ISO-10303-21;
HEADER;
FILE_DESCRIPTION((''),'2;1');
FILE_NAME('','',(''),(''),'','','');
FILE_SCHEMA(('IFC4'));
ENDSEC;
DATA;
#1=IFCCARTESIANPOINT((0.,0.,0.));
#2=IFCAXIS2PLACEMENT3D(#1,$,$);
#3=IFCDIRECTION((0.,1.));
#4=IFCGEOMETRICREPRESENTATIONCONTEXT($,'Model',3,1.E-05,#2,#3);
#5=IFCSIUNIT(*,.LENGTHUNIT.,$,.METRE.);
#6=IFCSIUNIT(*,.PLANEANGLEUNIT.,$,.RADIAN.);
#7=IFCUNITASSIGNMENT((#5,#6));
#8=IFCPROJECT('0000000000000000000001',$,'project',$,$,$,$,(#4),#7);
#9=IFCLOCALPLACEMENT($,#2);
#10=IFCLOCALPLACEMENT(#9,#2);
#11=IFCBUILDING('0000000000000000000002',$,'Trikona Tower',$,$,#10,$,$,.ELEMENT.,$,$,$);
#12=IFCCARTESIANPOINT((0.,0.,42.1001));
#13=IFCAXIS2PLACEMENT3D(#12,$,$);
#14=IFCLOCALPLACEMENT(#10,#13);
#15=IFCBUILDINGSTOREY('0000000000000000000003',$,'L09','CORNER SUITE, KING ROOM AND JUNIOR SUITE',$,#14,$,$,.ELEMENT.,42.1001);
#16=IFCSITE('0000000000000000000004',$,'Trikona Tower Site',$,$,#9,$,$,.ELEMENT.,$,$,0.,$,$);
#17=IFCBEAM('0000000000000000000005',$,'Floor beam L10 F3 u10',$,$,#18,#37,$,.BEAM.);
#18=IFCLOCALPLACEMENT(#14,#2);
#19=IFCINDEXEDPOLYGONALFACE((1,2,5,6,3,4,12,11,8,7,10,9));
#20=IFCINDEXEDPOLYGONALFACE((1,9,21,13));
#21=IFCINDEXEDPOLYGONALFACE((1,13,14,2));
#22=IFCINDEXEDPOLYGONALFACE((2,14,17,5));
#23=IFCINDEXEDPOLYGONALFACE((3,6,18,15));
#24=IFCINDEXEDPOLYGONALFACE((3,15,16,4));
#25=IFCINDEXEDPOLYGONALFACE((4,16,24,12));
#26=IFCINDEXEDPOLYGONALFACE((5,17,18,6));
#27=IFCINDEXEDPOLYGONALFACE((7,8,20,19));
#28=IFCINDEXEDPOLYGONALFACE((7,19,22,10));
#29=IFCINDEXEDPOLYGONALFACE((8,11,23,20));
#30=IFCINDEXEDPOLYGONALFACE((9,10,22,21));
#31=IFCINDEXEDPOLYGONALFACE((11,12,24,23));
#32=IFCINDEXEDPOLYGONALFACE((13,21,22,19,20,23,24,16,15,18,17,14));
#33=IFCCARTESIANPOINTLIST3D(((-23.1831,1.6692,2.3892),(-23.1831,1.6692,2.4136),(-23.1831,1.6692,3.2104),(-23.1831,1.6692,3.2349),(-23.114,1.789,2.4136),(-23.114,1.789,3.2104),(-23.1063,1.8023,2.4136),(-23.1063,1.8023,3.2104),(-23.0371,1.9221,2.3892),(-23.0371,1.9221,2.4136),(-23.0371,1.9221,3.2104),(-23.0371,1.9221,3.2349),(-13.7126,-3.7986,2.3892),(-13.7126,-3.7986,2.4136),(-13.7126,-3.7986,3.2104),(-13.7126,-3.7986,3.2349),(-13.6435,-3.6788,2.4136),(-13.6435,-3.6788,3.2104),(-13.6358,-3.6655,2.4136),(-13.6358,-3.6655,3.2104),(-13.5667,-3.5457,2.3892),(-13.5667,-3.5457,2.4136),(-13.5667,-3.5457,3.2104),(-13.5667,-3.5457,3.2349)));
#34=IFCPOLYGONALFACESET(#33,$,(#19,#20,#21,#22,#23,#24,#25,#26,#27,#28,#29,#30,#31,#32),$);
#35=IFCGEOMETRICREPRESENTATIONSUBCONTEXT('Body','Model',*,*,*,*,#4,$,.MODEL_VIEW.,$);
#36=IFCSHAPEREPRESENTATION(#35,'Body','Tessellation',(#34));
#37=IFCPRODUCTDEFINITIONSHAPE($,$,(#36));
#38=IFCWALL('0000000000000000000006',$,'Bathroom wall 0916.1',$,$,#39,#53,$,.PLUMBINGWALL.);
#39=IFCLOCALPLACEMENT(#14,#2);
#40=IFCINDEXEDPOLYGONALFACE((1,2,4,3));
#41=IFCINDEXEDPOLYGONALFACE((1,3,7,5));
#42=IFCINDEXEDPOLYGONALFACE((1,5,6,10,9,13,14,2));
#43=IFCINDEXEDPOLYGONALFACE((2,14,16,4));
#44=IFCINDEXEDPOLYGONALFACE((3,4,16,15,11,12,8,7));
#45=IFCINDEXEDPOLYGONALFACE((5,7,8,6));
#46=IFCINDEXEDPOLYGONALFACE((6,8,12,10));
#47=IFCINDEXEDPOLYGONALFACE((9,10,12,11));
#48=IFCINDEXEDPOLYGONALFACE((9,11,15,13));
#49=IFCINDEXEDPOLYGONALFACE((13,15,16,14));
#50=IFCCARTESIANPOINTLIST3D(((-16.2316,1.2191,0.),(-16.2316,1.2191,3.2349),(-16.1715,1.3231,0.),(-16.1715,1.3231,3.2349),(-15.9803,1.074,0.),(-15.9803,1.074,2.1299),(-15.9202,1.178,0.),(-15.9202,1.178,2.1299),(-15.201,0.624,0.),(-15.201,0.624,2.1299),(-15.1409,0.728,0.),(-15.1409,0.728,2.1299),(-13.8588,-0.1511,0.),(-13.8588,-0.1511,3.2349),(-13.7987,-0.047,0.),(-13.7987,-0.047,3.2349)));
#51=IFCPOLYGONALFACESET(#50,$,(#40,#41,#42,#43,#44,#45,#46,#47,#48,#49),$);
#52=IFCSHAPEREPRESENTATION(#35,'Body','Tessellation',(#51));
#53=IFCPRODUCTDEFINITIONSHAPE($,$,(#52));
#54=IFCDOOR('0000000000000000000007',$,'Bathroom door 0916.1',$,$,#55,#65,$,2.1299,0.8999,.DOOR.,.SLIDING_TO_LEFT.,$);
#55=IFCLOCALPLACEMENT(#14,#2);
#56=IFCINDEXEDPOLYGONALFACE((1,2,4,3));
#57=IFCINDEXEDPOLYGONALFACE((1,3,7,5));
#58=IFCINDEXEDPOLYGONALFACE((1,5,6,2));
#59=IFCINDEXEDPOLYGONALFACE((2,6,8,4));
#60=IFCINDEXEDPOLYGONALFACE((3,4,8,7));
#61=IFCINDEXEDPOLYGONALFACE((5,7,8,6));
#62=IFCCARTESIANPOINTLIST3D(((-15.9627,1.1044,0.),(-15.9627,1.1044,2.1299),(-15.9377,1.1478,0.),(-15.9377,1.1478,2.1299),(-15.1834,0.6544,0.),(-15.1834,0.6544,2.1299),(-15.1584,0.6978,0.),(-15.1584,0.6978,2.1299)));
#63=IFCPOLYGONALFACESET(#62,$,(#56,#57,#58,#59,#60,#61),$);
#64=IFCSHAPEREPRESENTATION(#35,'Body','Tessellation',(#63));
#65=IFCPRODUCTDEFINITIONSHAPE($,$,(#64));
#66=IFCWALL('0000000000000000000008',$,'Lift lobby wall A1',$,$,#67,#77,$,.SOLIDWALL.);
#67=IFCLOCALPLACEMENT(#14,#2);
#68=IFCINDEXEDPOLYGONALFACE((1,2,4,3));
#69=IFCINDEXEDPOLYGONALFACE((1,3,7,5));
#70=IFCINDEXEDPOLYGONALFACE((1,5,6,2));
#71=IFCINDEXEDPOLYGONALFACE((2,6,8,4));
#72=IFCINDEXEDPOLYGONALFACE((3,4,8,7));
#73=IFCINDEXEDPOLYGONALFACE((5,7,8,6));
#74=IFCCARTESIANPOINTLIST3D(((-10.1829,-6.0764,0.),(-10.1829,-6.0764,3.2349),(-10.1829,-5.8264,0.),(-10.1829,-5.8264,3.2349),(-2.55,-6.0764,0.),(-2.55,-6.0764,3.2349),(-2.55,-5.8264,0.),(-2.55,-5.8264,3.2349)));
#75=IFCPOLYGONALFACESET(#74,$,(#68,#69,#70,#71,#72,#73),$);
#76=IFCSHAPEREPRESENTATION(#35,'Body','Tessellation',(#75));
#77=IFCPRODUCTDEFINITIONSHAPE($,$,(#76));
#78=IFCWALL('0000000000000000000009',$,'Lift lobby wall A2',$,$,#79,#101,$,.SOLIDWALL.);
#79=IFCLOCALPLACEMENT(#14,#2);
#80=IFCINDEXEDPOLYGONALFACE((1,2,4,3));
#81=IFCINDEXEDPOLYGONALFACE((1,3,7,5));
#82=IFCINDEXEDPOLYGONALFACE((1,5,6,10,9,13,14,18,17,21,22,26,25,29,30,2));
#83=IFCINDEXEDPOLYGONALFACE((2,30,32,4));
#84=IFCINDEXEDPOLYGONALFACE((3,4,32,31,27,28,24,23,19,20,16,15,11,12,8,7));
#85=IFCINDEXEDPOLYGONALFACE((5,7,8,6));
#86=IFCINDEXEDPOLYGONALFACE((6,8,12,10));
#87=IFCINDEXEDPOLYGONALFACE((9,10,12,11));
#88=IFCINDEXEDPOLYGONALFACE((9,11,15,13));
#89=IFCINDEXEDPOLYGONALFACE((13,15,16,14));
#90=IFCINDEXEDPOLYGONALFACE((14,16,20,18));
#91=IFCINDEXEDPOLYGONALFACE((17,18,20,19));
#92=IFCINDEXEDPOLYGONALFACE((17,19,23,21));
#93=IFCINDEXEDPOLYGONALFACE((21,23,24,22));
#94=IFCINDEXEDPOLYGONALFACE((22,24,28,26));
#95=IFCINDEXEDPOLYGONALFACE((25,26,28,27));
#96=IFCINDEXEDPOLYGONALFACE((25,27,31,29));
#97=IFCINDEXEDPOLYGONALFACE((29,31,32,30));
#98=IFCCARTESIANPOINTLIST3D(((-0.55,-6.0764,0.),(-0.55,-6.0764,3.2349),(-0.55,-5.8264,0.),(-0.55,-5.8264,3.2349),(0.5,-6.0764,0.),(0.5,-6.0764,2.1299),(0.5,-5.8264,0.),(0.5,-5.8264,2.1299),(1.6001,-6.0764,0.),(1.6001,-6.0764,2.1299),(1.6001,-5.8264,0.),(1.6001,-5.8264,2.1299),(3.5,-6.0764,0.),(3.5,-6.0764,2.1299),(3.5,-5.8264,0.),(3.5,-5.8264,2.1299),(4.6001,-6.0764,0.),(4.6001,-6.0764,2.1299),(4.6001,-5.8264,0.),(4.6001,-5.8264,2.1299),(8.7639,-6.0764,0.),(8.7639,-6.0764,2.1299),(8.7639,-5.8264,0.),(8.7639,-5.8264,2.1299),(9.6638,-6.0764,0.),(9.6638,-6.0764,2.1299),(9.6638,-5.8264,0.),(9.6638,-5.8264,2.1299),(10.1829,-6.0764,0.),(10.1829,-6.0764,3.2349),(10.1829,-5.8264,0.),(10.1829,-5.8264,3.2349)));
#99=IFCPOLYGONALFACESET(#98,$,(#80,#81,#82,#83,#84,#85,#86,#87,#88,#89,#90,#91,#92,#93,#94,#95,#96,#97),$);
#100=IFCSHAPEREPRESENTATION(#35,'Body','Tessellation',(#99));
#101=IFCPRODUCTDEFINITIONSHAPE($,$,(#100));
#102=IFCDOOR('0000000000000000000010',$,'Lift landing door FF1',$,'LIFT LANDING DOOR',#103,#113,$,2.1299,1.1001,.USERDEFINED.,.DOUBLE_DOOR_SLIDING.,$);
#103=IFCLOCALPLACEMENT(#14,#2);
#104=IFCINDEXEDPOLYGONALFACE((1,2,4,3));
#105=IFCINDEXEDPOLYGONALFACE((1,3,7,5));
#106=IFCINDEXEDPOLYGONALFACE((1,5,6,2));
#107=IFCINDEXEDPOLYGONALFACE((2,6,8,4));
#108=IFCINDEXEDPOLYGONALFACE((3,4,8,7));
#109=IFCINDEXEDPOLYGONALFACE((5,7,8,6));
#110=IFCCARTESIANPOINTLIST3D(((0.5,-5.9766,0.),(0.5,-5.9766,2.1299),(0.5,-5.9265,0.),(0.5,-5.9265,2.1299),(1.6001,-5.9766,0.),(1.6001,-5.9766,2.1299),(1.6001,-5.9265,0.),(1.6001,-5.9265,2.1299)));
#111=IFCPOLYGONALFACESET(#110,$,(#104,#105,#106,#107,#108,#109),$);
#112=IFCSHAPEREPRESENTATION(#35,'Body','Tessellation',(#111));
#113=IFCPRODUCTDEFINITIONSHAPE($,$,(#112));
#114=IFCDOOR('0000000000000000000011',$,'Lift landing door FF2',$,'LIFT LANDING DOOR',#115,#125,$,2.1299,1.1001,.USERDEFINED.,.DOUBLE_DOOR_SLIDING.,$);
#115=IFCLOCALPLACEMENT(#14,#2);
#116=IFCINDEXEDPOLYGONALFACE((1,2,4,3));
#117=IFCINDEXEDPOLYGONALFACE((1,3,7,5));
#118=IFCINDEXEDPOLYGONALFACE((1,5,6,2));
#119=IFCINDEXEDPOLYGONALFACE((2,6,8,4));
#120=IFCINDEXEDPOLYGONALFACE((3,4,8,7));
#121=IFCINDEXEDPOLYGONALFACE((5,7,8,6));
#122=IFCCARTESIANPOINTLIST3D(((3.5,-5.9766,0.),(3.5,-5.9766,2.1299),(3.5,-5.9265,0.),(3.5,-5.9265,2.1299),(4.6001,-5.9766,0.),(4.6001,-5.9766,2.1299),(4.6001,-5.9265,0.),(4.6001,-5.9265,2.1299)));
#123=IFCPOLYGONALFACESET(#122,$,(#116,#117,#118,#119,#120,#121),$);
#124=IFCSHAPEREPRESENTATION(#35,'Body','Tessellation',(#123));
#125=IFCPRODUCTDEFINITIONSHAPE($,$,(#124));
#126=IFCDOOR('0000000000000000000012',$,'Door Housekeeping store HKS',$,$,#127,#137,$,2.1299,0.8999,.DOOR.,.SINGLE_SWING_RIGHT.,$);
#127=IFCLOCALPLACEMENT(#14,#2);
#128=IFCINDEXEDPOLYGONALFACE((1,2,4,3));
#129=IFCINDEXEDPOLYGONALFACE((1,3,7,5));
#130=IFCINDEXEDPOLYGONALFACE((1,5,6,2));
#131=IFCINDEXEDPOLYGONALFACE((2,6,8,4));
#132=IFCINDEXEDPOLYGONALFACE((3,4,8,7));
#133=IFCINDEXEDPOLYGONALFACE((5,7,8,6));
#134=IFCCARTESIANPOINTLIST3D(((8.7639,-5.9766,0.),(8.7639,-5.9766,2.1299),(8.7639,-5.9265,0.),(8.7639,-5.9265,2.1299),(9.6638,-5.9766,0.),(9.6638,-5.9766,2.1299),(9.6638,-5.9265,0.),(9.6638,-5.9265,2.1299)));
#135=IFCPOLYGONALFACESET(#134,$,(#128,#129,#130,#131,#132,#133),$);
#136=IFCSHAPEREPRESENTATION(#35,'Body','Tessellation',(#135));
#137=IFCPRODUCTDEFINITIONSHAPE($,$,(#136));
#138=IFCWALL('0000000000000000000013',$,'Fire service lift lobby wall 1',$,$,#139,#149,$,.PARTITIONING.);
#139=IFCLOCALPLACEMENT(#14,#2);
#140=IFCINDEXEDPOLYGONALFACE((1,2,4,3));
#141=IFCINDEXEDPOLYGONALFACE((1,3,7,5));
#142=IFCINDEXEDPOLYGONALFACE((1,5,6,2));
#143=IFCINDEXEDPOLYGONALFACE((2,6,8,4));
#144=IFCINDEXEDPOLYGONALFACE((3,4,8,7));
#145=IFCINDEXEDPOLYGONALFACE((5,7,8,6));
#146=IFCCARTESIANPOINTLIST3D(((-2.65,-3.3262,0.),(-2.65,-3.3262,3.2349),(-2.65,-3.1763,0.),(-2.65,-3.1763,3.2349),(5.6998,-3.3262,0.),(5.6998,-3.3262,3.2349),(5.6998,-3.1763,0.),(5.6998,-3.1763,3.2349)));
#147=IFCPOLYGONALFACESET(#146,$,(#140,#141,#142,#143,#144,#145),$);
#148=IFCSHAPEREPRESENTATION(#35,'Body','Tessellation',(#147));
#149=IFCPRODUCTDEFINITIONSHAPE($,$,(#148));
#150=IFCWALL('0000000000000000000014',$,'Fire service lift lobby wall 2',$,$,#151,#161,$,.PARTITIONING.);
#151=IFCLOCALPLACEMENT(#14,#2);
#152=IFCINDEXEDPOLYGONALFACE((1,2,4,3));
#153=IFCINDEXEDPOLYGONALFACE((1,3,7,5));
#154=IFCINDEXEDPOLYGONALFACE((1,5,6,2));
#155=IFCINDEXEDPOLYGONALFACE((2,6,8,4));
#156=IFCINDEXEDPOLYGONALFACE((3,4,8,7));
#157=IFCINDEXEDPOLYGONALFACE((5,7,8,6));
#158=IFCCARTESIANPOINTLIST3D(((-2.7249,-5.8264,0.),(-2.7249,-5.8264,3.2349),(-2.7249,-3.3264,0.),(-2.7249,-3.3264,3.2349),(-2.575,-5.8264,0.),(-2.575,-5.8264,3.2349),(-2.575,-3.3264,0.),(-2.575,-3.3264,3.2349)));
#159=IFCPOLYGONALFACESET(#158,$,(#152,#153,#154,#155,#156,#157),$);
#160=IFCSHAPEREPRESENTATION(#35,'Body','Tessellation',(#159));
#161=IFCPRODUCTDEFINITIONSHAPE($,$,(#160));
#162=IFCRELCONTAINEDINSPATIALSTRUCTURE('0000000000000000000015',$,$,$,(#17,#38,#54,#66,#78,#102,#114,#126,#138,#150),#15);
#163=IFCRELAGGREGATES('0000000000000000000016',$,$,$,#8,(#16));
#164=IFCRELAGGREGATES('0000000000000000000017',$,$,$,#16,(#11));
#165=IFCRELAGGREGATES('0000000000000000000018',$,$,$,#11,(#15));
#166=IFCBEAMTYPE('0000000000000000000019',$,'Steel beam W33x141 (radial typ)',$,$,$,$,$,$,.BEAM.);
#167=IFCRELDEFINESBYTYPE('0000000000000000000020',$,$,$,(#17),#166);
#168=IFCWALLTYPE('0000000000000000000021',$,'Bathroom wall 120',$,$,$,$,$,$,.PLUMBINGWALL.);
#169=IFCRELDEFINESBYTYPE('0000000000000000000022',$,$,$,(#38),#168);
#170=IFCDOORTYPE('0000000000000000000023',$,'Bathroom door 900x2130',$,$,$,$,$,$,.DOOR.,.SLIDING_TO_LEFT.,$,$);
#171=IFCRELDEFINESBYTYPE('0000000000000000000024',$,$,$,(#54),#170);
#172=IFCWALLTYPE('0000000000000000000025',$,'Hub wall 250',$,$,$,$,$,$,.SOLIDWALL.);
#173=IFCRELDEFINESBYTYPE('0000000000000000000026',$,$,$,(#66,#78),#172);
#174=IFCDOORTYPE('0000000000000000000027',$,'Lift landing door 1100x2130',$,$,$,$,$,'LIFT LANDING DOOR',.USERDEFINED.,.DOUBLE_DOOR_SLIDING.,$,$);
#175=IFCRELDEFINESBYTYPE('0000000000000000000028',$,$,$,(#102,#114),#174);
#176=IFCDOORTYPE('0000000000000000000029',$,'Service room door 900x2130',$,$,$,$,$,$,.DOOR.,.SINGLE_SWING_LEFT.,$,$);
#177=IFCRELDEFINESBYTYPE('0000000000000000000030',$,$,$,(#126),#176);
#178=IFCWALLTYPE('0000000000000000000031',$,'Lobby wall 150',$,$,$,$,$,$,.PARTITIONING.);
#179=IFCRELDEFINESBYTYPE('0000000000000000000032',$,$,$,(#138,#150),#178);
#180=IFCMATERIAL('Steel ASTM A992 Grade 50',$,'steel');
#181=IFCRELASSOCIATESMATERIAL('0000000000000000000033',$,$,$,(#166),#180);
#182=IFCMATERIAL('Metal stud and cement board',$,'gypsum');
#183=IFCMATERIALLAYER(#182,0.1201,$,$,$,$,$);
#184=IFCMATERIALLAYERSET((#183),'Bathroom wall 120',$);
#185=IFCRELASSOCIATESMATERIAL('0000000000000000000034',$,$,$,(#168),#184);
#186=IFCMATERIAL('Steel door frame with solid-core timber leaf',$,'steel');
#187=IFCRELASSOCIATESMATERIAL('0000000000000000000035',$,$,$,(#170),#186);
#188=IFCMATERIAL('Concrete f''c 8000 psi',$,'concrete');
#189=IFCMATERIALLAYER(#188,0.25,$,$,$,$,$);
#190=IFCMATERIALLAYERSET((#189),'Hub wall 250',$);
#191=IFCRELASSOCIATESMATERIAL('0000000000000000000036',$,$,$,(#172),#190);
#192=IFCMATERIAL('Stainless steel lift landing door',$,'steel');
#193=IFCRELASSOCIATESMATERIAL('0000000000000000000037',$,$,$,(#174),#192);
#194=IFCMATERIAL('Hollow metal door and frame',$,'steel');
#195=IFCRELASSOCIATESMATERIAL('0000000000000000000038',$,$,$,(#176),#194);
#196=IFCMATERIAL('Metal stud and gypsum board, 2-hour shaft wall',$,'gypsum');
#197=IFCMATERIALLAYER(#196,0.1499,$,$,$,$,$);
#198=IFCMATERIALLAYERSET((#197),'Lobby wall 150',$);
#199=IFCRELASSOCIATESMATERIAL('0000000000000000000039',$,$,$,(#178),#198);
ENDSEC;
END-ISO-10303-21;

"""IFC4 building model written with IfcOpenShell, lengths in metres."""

from ifc_helpers import new_model, si_unit, direction, frame, frame_2d, origin, origin_2d, place, context, subcontext, project, spatial, rectangle, i_section, extrude, material, layer, layer_set, material_profile, profile_set, type_object, element, fill, save


model = new_model("IFC4")

# Units and contexts
model_context = context("Model", 3, precision=1e-05, world=origin(), true_north=direction((0.0, 1.0)))
body_context = subcontext(model_context, "Body", "Model", "MODEL_VIEW")
ifc_project = project(units=[si_unit("LENGTHUNIT", "METRE"), si_unit("PLANEANGLEUNIT", "RADIAN")], contexts=[model_context])

# Site, building, storey
site_placement = place(None, origin())
site = spatial("IfcSite", under=ifc_project, at=site_placement, Name="Trikona Tower Site", CompositionType="ELEMENT", RefElevation=0.0)
building_placement = place(site_placement, origin())
building = spatial("IfcBuilding", under=site, at=building_placement, Name="Trikona Tower", CompositionType="ELEMENT")
storey_placement = place(building_placement, frame((0.0, 0.0, 42.1001)))
storey = spatial("IfcBuildingStorey", under=building, at=storey_placement, Name="L09", Description="CORNER SUITE, KING ROOM AND JUNIOR SUITE", CompositionType="ELEMENT", Elevation=42.1001)

# Beam
ifc_material_1 = material(Name="Steel ASTM A992 Grade 50", Category="steel")
ifc_material_profile = material_profile(ifc_material_1, i_section(OverallWidth=0.292, OverallDepth=0.8457, WebThickness=0.0154, FlangeThickness=0.0244, at=origin_2d()), Name="W33X141")
ifc_profile_set = profile_set([ifc_material_profile], Name="Steel ASTM A992 Grade 50")
beam_type = type_object("IfcBeamType", Name="Steel beam W33x141 (radial typ)", PredefinedType="BEAM", material=ifc_profile_set)
beam_placement = place(storey_placement, frame((-13.6396, -3.6721, 2.812), z_axis=(-0.866025, 0.5, 0.0), x_axis=(-0.5, -0.866025, 0.0)))
element("IfcBeam", 1, at=beam_placement, inside=storey, type_object=beam_type, Name="Floor beam L10 F3 u10", PredefinedType="BEAM", context=body_context, shape_type="SweptSolid", body=[
    extrude(i_section(OverallWidth=0.292, OverallDepth=0.8457, WebThickness=0.0154, FlangeThickness=0.0244, at=origin_2d()), origin(), (0.0, 0.0, 1.0), 10.9355),
])

# Wall, opening, door
ifc_material_2 = material(Name="Metal stud and cement board", Category="gypsum")
ifc_layer_1 = layer(ifc_material_2, 0.1201)
ifc_layer_set_1 = layer_set([ifc_layer_1], Name="Bathroom wall 120")
wall_type_1 = type_object("IfcWallType", Name="Bathroom wall 120", PredefinedType="PLUMBINGWALL", material=ifc_layer_set_1)
wall_1_placement = place(storey_placement, frame((-13.8286, -0.0991, 0.0), z_axis=(0.0, 0.0, 1.0), x_axis=(-0.865997, 0.500049, 0.0)))
wall_1 = element("IfcWall", 2, at=wall_1_placement, inside=storey, type_object=wall_type_1, Name="Bathroom wall 0916.1", PredefinedType="PLUMBINGWALL", context=body_context, shape_type="SweptSolid", body=[
    extrude(rectangle(XDim=2.74, YDim=0.1201, at=frame_2d((1.3701, 0.0))), origin(), (0.0, 0.0, 1.0), 3.2349),
])
opening_1_placement = place(wall_1_placement, frame((1.55, 0.0, 0.0)))
opening_1 = element("IfcOpeningElement", 3, at=opening_1_placement, cuts=wall_1, PredefinedType="OPENING", context=body_context, shape_type="SweptSolid", body=[
    extrude(rectangle(XDim=0.8999, YDim=2.1299, at=frame_2d((0.45, 1.0649))), frame((0.0, 0.0701, 0.0), z_axis=(0.0, -1.0, 0.0), x_axis=(1.0, 0.0, 0.0)), (0.0, 0.0, 1.0), 0.1401),
])
ifc_material_3 = material(Name="Steel door frame with solid-core timber leaf", Category="steel")
door_type_1 = type_object("IfcDoorType", Name="Bathroom door 900x2130", OperationType="SLIDING_TO_LEFT", PredefinedType="DOOR", material=ifc_material_3)
door_1_placement = place(opening_1_placement, origin())
door_1 = element("IfcDoor", 4, at=door_1_placement, inside=storey, type_object=door_type_1, Name="Bathroom door 0916.1", OperationType="SLIDING_TO_LEFT", OverallHeight=2.1299, OverallWidth=0.8999, PredefinedType="DOOR", context=body_context, shape_type="SweptSolid", body=[
    extrude(rectangle(XDim=0.8999, YDim=2.1299, at=frame_2d((0.45, 1.0649))), frame((0.0, 0.0249, 0.0), z_axis=(0.0, -1.0, 0.0), x_axis=(1.0, 0.0, 0.0)), (0.0, 0.0, 1.0), 0.05),
])
fill(opening_1, door_1)

# Wall
ifc_material_4 = material(Name="Concrete f'c 8000 psi", Category="concrete")
ifc_layer_2 = layer(ifc_material_4, 0.25)
ifc_layer_set_2 = layer_set([ifc_layer_2], Name="Hub wall 250")
wall_type_2 = type_object("IfcWallType", Name="Hub wall 250", PredefinedType="SOLIDWALL", material=ifc_layer_set_2)
wall_2_placement = place(storey_placement, frame((-10.1829, -5.9514, 0.0), z_axis=(0.0, 0.0, 1.0), x_axis=(1.0, 0.0, 0.0)))
element("IfcWall", 5, at=wall_2_placement, inside=storey, type_object=wall_type_2, Name="Lift lobby wall A1", PredefinedType="SOLIDWALL", context=body_context, shape_type="SweptSolid", body=[
    extrude(rectangle(XDim=7.6328, YDim=0.25, at=frame_2d((3.8164, 0.0))), origin(), (0.0, 0.0, 1.0), 3.2349),
])

# Wall, openings, doors
wall_3_placement = place(storey_placement, frame((-0.55, -5.9514, 0.0), z_axis=(0.0, 0.0, 1.0), x_axis=(1.0, 0.0, 0.0)))
wall_3 = element("IfcWall", 6, at=wall_3_placement, inside=storey, type_object=wall_type_2, Name="Lift lobby wall A2", PredefinedType="SOLIDWALL", context=body_context, shape_type="SweptSolid", body=[
    extrude(rectangle(XDim=10.7329, YDim=0.25, at=frame_2d((5.3665, 0.0))), origin(), (0.0, 0.0, 1.0), 3.2349),
])
opening_2_placement = place(wall_3_placement, frame((9.314, 0.0, 0.0)))
opening_2 = element("IfcOpeningElement", 7, at=opening_2_placement, cuts=wall_3, PredefinedType="OPENING", context=body_context, shape_type="SweptSolid", body=[
    extrude(rectangle(XDim=0.8999, YDim=2.1299, at=frame_2d((0.45, 1.0649))), frame((0.0, 0.135, 0.0), z_axis=(0.0, -1.0, 0.0), x_axis=(1.0, 0.0, 0.0)), (0.0, 0.0, 1.0), 0.27),
])
opening_3_placement = place(wall_3_placement, frame((1.05, 0.0, 0.0)))
opening_3 = element("IfcOpeningElement", 8, at=opening_3_placement, cuts=wall_3, PredefinedType="OPENING", context=body_context, shape_type="SweptSolid", body=[
    extrude(rectangle(XDim=1.1001, YDim=2.1299, at=frame_2d((0.55, 1.0649))), frame((0.0, 0.135, 0.0), z_axis=(0.0, -1.0, 0.0), x_axis=(1.0, 0.0, 0.0)), (0.0, 0.0, 1.0), 0.27),
])
opening_4_placement = place(wall_3_placement, frame((4.05, 0.0, 0.0)))
opening_4 = element("IfcOpeningElement", 9, at=opening_4_placement, cuts=wall_3, PredefinedType="OPENING", context=body_context, shape_type="SweptSolid", body=[
    extrude(rectangle(XDim=1.1001, YDim=2.1299, at=frame_2d((0.55, 1.0649))), frame((0.0, 0.135, 0.0), z_axis=(0.0, -1.0, 0.0), x_axis=(1.0, 0.0, 0.0)), (0.0, 0.0, 1.0), 0.27),
])
ifc_material_5 = material(Name="Stainless steel lift landing door", Category="steel")
door_type_2 = type_object("IfcDoorType", Name="Lift landing door 1100x2130", ElementType="LIFT LANDING DOOR", OperationType="DOUBLE_DOOR_SLIDING", PredefinedType="USERDEFINED", material=ifc_material_5)
door_2_placement = place(opening_3_placement, origin())
door_2 = element("IfcDoor", 10, at=door_2_placement, inside=storey, type_object=door_type_2, Name="Lift landing door FF1", ObjectType="LIFT LANDING DOOR", OperationType="DOUBLE_DOOR_SLIDING", OverallHeight=2.1299, OverallWidth=1.1001, PredefinedType="USERDEFINED", context=body_context, shape_type="SweptSolid", body=[
    extrude(rectangle(XDim=1.1001, YDim=2.1299, at=frame_2d((0.55, 1.0649))), frame((0.0, 0.0249, 0.0), z_axis=(0.0, -1.0, 0.0), x_axis=(1.0, 0.0, 0.0)), (0.0, 0.0, 1.0), 0.05),
])
fill(opening_3, door_2)
door_3_placement = place(opening_4_placement, origin())
door_3 = element("IfcDoor", 11, at=door_3_placement, inside=storey, type_object=door_type_2, Name="Lift landing door FF2", ObjectType="LIFT LANDING DOOR", OperationType="DOUBLE_DOOR_SLIDING", OverallHeight=2.1299, OverallWidth=1.1001, PredefinedType="USERDEFINED", context=body_context, shape_type="SweptSolid", body=[
    extrude(rectangle(XDim=1.1001, YDim=2.1299, at=frame_2d((0.55, 1.0649))), frame((0.0, 0.0249, 0.0), z_axis=(0.0, -1.0, 0.0), x_axis=(1.0, 0.0, 0.0)), (0.0, 0.0, 1.0), 0.05),
])
fill(opening_4, door_3)
ifc_material_6 = material(Name="Hollow metal door and frame", Category="steel")
door_type_3 = type_object("IfcDoorType", Name="Service room door 900x2130", OperationType="SINGLE_SWING_LEFT", PredefinedType="DOOR", material=ifc_material_6)
door_4_placement = place(opening_2_placement, origin())
door_4 = element("IfcDoor", 12, at=door_4_placement, inside=storey, type_object=door_type_3, Name="Door Housekeeping store HKS", OperationType="SINGLE_SWING_RIGHT", OverallHeight=2.1299, OverallWidth=0.8999, PredefinedType="DOOR", context=body_context, shape_type="SweptSolid", body=[
    extrude(rectangle(XDim=0.8999, YDim=2.1299, at=frame_2d((0.45, 1.0649))), frame((0.0, 0.0249, 0.0), z_axis=(0.0, -1.0, 0.0), x_axis=(1.0, 0.0, 0.0)), (0.0, 0.0, 1.0), 0.05),
])
fill(opening_2, door_4)

# Walls
ifc_material_7 = material(Name="Metal stud and gypsum board, 2-hour shaft wall", Category="gypsum")
ifc_layer_3 = layer(ifc_material_7, 0.1499)
ifc_layer_set_3 = layer_set([ifc_layer_3], Name="Lobby wall 150")
wall_type_3 = type_object("IfcWallType", Name="Lobby wall 150", PredefinedType="PARTITIONING", material=ifc_layer_set_3)
wall_4_placement = place(storey_placement, frame((-2.6499, -3.2512, 0.0), z_axis=(0.0, 0.0, 1.0), x_axis=(1.0, 0.0, 0.0)))
element("IfcWall", 13, at=wall_4_placement, inside=storey, type_object=wall_type_3, Name="Fire service lift lobby wall 1", PredefinedType="PARTITIONING", context=body_context, shape_type="SweptSolid", body=[
    extrude(rectangle(XDim=8.3499, YDim=0.1499, at=frame_2d((4.1748, 0.0))), origin(), (0.0, 0.0, 1.0), 3.2349),
])
wall_5_placement = place(storey_placement, frame((-2.6499, -5.8264, 0.0), z_axis=(0.0, 0.0, 1.0), x_axis=(0.0, 1.0, 0.0)))
element("IfcWall", 14, at=wall_5_placement, inside=storey, type_object=wall_type_3, Name="Fire service lift lobby wall 2", PredefinedType="PARTITIONING", context=body_context, shape_type="SweptSolid", body=[
    extrude(rectangle(XDim=2.5, YDim=0.1499, at=frame_2d((1.25, 0.0))), origin(), (0.0, 0.0, 1.0), 3.2349),
])

save(model, "model.ifc")
